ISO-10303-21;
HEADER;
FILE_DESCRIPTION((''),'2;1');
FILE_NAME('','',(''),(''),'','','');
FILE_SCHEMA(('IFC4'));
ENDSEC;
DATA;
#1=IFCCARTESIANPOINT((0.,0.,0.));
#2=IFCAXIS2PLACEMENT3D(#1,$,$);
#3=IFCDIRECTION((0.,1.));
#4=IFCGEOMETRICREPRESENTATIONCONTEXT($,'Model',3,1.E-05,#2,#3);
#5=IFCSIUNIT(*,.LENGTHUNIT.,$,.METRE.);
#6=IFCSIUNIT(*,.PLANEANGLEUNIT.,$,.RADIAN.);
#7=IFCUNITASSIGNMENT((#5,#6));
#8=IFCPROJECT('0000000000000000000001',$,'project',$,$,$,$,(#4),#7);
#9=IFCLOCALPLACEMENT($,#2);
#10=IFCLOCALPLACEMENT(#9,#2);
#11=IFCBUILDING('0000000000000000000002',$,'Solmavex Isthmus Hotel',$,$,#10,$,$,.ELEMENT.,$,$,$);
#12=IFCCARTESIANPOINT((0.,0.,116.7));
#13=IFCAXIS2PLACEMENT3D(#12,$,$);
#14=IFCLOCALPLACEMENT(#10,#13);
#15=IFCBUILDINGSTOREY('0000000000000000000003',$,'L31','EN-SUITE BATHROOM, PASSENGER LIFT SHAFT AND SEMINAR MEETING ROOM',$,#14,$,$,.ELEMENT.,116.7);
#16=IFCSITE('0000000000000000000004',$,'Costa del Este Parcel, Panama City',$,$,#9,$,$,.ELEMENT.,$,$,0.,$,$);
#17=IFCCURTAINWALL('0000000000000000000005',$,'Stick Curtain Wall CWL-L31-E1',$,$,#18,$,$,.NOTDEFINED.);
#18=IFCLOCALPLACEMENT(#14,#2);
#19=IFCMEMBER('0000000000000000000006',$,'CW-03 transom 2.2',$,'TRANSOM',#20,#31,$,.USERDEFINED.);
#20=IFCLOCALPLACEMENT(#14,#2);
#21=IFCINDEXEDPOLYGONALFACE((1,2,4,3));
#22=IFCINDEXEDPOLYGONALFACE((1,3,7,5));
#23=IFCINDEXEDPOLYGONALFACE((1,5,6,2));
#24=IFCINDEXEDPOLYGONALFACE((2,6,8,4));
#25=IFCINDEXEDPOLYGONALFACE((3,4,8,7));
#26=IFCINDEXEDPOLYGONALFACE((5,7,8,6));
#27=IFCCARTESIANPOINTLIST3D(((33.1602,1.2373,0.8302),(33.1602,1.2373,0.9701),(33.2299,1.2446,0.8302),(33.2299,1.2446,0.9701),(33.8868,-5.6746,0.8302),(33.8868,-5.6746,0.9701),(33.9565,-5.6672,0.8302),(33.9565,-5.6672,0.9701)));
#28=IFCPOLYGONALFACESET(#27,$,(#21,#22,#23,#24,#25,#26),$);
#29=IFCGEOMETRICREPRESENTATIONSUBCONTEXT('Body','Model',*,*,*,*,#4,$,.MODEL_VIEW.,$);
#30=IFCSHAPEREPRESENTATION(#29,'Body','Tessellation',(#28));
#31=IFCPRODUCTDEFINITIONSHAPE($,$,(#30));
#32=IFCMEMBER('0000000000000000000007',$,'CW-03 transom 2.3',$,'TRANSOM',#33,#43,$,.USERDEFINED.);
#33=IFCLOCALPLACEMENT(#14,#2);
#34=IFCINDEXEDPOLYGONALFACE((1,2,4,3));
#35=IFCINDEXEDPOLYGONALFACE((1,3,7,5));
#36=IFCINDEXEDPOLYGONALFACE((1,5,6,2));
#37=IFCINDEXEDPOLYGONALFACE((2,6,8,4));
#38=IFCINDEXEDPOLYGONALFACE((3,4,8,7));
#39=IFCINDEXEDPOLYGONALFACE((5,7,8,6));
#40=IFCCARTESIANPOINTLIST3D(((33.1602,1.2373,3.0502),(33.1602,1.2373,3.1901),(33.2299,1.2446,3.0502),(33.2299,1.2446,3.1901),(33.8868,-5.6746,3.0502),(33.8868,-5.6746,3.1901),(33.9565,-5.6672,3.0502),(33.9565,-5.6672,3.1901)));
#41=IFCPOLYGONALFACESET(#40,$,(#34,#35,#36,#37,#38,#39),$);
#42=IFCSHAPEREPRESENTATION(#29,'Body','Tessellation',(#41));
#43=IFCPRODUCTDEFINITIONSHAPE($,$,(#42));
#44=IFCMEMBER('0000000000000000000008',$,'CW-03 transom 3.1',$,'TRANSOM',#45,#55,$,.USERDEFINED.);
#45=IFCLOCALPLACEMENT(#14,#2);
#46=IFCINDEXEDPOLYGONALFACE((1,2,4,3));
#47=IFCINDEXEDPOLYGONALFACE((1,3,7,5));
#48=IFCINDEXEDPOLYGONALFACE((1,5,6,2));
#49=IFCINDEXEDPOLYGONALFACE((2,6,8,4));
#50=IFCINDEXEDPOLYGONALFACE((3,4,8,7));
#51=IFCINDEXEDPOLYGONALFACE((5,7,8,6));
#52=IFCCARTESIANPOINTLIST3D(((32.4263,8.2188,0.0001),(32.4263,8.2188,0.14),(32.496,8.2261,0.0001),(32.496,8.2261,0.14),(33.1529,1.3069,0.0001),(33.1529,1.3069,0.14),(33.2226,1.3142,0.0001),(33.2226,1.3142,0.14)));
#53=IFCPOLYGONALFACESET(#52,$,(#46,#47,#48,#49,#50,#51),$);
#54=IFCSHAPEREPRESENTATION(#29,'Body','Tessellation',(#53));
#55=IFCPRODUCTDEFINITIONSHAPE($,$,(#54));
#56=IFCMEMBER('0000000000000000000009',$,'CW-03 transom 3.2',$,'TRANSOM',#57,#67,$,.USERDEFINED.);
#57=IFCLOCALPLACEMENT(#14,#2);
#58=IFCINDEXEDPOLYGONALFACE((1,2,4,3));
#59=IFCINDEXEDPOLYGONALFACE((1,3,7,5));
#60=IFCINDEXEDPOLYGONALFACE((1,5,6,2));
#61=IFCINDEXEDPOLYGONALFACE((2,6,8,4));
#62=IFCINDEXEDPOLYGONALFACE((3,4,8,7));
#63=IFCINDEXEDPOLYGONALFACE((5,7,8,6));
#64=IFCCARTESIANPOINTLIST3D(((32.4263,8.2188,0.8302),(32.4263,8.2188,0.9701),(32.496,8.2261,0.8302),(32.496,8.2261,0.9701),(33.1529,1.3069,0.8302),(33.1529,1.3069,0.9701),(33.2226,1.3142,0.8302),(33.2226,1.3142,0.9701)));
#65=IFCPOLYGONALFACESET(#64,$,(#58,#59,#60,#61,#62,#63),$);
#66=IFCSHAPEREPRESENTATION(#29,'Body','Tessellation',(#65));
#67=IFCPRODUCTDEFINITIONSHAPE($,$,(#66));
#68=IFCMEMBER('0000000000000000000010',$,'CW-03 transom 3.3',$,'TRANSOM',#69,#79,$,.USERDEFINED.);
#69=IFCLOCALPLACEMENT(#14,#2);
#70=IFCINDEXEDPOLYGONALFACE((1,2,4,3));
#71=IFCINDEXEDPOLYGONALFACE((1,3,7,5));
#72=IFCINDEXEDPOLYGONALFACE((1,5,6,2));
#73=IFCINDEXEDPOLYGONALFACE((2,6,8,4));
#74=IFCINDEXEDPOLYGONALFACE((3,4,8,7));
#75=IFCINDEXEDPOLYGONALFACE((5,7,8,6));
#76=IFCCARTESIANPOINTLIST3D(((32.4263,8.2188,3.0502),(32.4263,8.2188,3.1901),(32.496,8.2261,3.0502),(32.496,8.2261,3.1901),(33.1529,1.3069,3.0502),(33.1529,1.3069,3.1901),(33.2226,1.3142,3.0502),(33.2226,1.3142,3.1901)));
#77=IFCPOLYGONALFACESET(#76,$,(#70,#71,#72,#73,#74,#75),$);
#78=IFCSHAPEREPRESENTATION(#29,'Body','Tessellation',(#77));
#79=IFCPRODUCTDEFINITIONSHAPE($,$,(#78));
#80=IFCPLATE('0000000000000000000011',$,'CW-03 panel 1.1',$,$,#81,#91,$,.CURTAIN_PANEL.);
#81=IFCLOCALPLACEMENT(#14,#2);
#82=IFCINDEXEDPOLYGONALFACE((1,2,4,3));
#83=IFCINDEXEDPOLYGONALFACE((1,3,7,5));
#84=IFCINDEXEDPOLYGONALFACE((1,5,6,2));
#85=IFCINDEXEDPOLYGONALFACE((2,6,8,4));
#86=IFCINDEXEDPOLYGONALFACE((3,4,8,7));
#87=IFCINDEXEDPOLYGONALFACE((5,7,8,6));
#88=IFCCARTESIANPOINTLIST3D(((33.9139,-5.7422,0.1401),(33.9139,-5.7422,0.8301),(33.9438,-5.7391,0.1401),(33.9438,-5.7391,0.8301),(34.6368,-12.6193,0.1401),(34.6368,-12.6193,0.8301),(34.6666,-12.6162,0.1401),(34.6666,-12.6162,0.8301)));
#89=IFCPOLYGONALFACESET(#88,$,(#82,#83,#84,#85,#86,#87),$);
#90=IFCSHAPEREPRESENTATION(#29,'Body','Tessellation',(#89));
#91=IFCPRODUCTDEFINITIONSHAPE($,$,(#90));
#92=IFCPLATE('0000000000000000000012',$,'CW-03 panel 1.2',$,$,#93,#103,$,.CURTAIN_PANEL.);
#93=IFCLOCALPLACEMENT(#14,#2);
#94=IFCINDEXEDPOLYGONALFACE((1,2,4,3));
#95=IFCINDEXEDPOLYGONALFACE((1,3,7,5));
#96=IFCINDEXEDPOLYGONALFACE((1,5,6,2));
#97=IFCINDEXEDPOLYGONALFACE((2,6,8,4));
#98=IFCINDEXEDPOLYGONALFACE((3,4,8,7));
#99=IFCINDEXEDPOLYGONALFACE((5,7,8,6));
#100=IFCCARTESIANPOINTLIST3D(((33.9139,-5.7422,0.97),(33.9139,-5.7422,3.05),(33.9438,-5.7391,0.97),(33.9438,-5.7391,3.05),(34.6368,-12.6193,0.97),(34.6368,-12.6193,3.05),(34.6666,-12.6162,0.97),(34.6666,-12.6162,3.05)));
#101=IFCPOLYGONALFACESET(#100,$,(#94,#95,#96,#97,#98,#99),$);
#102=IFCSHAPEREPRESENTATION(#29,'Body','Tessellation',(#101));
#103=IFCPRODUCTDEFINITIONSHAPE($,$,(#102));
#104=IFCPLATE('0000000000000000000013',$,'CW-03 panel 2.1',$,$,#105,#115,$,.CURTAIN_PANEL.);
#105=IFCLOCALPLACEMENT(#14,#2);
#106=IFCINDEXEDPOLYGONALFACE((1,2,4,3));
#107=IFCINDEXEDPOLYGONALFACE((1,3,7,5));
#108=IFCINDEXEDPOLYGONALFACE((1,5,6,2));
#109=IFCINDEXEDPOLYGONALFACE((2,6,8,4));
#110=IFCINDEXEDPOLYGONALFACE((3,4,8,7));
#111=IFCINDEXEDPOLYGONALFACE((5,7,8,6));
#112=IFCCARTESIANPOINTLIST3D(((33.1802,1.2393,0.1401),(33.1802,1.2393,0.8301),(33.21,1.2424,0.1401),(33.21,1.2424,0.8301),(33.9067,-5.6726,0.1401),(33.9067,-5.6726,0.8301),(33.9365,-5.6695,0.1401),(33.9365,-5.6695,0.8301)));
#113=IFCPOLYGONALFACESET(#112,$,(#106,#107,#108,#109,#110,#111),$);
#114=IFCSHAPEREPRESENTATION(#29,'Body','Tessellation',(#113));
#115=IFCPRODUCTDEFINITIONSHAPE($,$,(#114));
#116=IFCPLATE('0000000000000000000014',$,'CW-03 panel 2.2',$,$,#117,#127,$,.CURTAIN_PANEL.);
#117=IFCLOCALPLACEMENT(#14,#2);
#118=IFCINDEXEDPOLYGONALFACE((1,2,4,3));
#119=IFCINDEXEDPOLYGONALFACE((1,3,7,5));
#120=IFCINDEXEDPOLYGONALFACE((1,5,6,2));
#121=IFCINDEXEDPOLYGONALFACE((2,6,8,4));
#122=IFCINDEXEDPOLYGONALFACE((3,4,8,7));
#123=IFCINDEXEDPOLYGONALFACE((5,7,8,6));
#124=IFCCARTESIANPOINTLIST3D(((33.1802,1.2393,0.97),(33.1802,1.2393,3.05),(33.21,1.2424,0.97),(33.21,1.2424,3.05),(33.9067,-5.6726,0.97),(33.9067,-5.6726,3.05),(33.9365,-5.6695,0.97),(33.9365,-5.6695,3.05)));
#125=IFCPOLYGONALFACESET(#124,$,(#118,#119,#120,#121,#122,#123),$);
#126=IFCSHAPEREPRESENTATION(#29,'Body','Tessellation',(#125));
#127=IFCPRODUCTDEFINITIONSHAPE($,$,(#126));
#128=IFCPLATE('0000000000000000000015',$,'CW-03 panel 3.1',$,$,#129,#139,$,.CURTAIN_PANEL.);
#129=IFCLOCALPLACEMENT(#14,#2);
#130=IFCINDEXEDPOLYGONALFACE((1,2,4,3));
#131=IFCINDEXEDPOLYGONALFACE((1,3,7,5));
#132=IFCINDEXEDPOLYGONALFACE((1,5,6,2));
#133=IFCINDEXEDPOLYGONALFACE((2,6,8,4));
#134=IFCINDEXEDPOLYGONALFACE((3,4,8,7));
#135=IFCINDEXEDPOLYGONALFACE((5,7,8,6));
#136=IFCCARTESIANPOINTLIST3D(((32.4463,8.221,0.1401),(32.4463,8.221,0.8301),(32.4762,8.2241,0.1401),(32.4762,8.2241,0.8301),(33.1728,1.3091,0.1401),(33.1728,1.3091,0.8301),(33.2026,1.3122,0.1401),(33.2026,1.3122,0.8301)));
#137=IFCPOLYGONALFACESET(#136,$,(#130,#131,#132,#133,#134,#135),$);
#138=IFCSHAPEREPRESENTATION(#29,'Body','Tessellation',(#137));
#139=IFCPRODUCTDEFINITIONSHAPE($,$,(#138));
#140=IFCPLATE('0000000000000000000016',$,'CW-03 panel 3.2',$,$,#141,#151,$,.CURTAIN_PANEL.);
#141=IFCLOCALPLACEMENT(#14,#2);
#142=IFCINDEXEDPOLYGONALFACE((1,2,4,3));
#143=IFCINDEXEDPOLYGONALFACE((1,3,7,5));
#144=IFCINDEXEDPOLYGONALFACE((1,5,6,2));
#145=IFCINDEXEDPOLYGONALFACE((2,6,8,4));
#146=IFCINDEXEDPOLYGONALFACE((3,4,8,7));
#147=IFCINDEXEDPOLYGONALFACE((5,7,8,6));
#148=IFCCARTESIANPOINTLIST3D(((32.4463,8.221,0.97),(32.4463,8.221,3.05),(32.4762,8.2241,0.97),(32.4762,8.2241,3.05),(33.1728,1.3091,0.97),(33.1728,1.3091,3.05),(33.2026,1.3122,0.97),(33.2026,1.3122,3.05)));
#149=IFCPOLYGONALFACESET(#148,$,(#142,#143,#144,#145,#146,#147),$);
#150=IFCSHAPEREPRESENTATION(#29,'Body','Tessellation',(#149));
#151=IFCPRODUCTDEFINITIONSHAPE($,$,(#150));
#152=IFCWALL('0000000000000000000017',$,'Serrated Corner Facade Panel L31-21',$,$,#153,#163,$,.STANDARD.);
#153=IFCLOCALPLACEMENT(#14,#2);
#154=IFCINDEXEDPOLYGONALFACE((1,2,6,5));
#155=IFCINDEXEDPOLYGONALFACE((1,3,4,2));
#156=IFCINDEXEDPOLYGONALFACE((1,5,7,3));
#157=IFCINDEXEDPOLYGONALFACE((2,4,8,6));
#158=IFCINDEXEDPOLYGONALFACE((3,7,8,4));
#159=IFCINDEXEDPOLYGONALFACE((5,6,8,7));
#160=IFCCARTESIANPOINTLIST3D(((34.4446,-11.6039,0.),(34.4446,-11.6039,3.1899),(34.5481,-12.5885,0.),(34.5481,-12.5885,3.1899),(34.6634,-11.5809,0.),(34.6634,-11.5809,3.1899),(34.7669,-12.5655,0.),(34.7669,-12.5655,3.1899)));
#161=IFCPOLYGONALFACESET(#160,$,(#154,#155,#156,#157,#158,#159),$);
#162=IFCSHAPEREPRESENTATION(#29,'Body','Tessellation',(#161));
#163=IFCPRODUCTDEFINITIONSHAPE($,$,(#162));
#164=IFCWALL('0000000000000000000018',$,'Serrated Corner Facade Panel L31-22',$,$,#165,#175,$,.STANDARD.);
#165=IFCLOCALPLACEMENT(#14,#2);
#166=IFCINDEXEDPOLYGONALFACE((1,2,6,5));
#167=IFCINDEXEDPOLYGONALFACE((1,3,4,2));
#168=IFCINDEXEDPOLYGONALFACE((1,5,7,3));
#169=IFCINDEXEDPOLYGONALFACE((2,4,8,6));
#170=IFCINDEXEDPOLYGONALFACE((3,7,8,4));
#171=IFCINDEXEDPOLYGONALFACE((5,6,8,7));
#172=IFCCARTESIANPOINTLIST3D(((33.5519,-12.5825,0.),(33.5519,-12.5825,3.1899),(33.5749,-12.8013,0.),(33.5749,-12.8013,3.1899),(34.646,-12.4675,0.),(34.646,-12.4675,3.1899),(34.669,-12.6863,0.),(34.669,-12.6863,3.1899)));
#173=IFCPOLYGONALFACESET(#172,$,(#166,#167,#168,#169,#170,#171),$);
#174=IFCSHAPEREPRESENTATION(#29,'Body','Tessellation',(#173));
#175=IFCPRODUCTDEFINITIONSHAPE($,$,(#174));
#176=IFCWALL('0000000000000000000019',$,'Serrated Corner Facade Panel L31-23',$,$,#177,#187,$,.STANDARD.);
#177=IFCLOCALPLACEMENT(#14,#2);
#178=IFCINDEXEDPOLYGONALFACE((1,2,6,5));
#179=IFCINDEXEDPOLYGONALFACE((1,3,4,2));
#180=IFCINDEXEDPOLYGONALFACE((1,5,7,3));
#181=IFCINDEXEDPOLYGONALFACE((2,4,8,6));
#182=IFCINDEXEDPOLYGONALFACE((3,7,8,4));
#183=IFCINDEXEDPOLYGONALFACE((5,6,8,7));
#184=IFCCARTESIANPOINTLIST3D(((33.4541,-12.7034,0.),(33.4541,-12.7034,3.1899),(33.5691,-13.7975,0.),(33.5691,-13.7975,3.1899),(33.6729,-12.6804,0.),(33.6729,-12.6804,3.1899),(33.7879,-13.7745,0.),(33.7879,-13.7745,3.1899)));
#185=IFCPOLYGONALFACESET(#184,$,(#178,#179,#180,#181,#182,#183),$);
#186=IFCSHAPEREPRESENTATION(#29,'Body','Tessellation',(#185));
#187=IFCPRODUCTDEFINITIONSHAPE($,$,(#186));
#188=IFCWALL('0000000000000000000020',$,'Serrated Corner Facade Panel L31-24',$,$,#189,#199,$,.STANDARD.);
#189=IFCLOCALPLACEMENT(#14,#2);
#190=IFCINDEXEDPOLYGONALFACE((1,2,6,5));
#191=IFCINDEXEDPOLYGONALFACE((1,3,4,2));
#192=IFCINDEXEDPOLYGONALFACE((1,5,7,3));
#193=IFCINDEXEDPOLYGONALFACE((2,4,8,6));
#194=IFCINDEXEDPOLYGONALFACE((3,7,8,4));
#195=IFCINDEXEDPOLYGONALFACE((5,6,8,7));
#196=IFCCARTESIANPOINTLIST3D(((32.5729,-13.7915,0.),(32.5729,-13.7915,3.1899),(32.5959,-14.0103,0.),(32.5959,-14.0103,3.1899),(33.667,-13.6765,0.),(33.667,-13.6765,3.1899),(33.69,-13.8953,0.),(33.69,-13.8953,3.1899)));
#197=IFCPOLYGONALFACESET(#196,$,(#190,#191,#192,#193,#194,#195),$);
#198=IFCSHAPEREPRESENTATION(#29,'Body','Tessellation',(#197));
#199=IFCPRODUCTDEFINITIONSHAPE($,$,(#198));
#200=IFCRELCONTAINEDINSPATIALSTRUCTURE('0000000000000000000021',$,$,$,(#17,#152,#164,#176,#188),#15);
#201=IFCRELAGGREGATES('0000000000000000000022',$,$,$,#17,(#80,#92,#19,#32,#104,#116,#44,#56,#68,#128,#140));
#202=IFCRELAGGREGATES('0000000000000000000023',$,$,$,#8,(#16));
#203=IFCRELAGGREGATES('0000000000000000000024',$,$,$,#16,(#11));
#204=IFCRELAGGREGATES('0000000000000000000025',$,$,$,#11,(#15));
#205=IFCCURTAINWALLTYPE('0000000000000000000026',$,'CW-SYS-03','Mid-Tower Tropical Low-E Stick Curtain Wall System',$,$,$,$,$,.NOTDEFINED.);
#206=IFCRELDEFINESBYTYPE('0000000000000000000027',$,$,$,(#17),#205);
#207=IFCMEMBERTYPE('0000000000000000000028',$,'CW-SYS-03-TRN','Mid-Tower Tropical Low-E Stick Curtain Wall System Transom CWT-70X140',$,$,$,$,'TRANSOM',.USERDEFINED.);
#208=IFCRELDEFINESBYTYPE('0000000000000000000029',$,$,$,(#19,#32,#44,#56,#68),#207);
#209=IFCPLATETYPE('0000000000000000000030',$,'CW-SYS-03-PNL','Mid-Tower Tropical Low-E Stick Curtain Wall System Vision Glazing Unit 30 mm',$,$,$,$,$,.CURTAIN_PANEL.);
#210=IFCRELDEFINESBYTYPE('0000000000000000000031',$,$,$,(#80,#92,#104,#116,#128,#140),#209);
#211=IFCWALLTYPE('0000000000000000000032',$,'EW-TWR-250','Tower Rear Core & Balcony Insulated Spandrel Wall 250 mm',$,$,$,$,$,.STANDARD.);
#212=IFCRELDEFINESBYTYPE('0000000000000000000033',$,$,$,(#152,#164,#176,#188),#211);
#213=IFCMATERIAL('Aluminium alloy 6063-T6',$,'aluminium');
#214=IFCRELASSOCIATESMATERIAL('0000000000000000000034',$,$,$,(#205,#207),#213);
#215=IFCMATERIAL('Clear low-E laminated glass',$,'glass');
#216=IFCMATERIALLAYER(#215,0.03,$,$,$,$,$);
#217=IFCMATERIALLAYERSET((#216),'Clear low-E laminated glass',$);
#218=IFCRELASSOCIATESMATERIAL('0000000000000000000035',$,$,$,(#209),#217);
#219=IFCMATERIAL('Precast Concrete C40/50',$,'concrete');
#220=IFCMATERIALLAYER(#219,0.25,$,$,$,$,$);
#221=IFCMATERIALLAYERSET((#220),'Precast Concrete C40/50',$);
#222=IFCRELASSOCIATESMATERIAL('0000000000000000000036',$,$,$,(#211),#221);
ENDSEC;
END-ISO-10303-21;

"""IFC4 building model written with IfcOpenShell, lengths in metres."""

from ifc_helpers import new_model, si_unit, direction, frame, frame_2d, origin, origin_2d, place, context, subcontext, project, spatial, rectangle, extrude, material, layer, layer_set, material_profile, profile_set, type_object, element, aggregate, save


model = new_model("IFC4")

# Units and contexts
model_context = context("Model", 3, precision=1e-05, world=origin(), true_north=direction((0.0, 1.0)))
body_context = subcontext(model_context, "Body", "Model", "MODEL_VIEW")
ifc_project = project(units=[si_unit("LENGTHUNIT", "METRE"), si_unit("PLANEANGLEUNIT", "RADIAN")], contexts=[model_context])

# Site, building, storey
site_placement = place(None, origin())
site = spatial("IfcSite", under=ifc_project, at=site_placement, Name="Costa del Este Parcel, Panama City", CompositionType="ELEMENT", RefElevation=0.0)
building_placement = place(site_placement, origin())
building = spatial("IfcBuilding", under=site, at=building_placement, Name="Solmavex Isthmus Hotel", CompositionType="ELEMENT")
storey_placement = place(building_placement, frame((0.0, 0.0, 116.7)))
storey = spatial("IfcBuildingStorey", under=building, at=storey_placement, Name="L31", Description="EN-SUITE BATHROOM, PASSENGER LIFT SHAFT AND SEMINAR MEETING ROOM", CompositionType="ELEMENT", Elevation=116.7)

# Curtain wall, members, plates
ifc_material_1 = material(Name="Aluminium alloy 6063-T6", Category="aluminium")
curtain_wall_type = type_object("IfcCurtainWallType", Name="CW-SYS-03", Description="Mid-Tower Tropical Low-E Stick Curtain Wall System", PredefinedType="NOTDEFINED", material=ifc_material_1)
curtain_wall_placement = place(storey_placement, origin())
curtain_wall = element("IfcCurtainWall", 1, at=curtain_wall_placement, inside=storey, type_object=curtain_wall_type, Name="Stick Curtain Wall CWL-L31-E1", PredefinedType="NOTDEFINED")
ifc_material_profile_1 = material_profile(ifc_material_1, rectangle(XDim=0.0701, YDim=0.1399, at=origin_2d()), Name="CWT-70X140")
ifc_profile_set_1 = profile_set([ifc_material_profile_1], Name="Aluminium alloy 6063-T6")
member_type_1 = type_object("IfcMemberType", Name="CW-SYS-03-TRN", Description="Mid-Tower Tropical Low-E Stick Curtain Wall System Transom CWT-70X140", ElementType="TRANSOM", PredefinedType="USERDEFINED", material=ifc_profile_set_1)
member_1_placement = place(storey_placement, frame((33.9216, -5.6709, 0.9001), z_axis=(-0.104542, 0.99452, 0.0), x_axis=(-0.99452, -0.104542, 0.0)))
member_1 = element("IfcMember", 2, at=member_1_placement, type_object=member_type_1, Name="CW-03 transom 2.2", ObjectType="TRANSOM", PredefinedType="USERDEFINED", context=body_context, shape_type="SweptSolid", body=[
    extrude(rectangle(XDim=0.0701, YDim=0.1399, at=origin_2d()), origin(), (0.0, 0.0, 1.0), 6.95),
])
member_2_placement = place(storey_placement, frame((33.9216, -5.6709, 3.1201), z_axis=(-0.104542, 0.99452, 0.0), x_axis=(-0.99452, -0.104542, 0.0)))
member_2 = element("IfcMember", 3, at=member_2_placement, type_object=member_type_1, Name="CW-03 transom 2.3", ObjectType="TRANSOM", PredefinedType="USERDEFINED", context=body_context, shape_type="SweptSolid", body=[
    extrude(rectangle(XDim=0.0701, YDim=0.1399, at=origin_2d()), origin(), (0.0, 0.0, 1.0), 6.95),
])
member_3_placement = place(storey_placement, frame((33.1877, 1.3105, 0.0701), z_axis=(-0.104542, 0.99452, 0.0), x_axis=(-0.99452, -0.104542, 0.0)))
member_3 = element("IfcMember", 4, at=member_3_placement, type_object=member_type_1, Name="CW-03 transom 3.1", ObjectType="TRANSOM", PredefinedType="USERDEFINED", context=body_context, shape_type="SweptSolid", body=[
    extrude(rectangle(XDim=0.0701, YDim=0.1399, at=origin_2d()), origin(), (0.0, 0.0, 1.0), 6.95),
])
member_4_placement = place(storey_placement, frame((33.1877, 1.3105, 0.9001), z_axis=(-0.104542, 0.99452, 0.0), x_axis=(-0.99452, -0.104542, 0.0)))
member_4 = element("IfcMember", 5, at=member_4_placement, type_object=member_type_1, Name="CW-03 transom 3.2", ObjectType="TRANSOM", PredefinedType="USERDEFINED", context=body_context, shape_type="SweptSolid", body=[
    extrude(rectangle(XDim=0.0701, YDim=0.1399, at=origin_2d()), origin(), (0.0, 0.0, 1.0), 6.95),
])
member_5_placement = place(storey_placement, frame((33.1877, 1.3105, 3.1201), z_axis=(-0.104542, 0.99452, 0.0), x_axis=(-0.99452, -0.104542, 0.0)))
member_5 = element("IfcMember", 6, at=member_5_placement, type_object=member_type_1, Name="CW-03 transom 3.3", ObjectType="TRANSOM", PredefinedType="USERDEFINED", context=body_context, shape_type="SweptSolid", body=[
    extrude(rectangle(XDim=0.0701, YDim=0.1399, at=origin_2d()), origin(), (0.0, 0.0, 1.0), 6.95),
])
ifc_material_2 = material(Name="Clear low-E laminated glass", Category="glass")
ifc_layer_1 = layer(ifc_material_2, 0.03)
ifc_layer_set_1 = layer_set([ifc_layer_1], Name="Clear low-E laminated glass")
plate_type = type_object("IfcPlateType", Name="CW-SYS-03-PNL", Description="Mid-Tower Tropical Low-E Stick Curtain Wall System Vision Glazing Unit 30 mm", PredefinedType="CURTAIN_PANEL", material=ifc_layer_set_1)
plate_1_placement = place(storey_placement, frame((34.2903, -9.1792, 0.1401), z_axis=(0.0, 0.0, 1.0), x_axis=(-0.104528, 0.994522, 0.0)))
plate_1 = element("IfcPlate", 7, at=plate_1_placement, type_object=plate_type, Name="CW-03 panel 1.1", PredefinedType="CURTAIN_PANEL", context=body_context, shape_type="SweptSolid", body=[
    extrude(rectangle(XDim=6.915, YDim=0.03, at=origin_2d()), origin(), (0.0, 0.0, 1.0), 0.6899),
])
plate_2_placement = place(storey_placement, frame((34.2903, -9.1792, 0.97), z_axis=(0.0, 0.0, 1.0), x_axis=(-0.104528, 0.994522, 0.0)))
plate_2 = element("IfcPlate", 8, at=plate_2_placement, type_object=plate_type, Name="CW-03 panel 1.2", PredefinedType="CURTAIN_PANEL", context=body_context, shape_type="SweptSolid", body=[
    extrude(rectangle(XDim=6.915, YDim=0.03, at=origin_2d()), origin(), (0.0, 0.0, 1.0), 2.0801),
])
plate_3_placement = place(storey_placement, frame((33.5583, -2.2151, 0.1401), z_axis=(0.0, 0.0, 1.0), x_axis=(-0.104528, 0.994522, 0.0)))
plate_3 = element("IfcPlate", 9, at=plate_3_placement, type_object=plate_type, Name="CW-03 panel 2.1", PredefinedType="CURTAIN_PANEL", context=body_context, shape_type="SweptSolid", body=[
    extrude(rectangle(XDim=6.95, YDim=0.03, at=origin_2d()), origin(), (0.0, 0.0, 1.0), 0.6899),
])
plate_4_placement = place(storey_placement, frame((33.5583, -2.2151, 0.97), z_axis=(0.0, 0.0, 1.0), x_axis=(-0.104528, 0.994522, 0.0)))
plate_4 = element("IfcPlate", 10, at=plate_4_placement, type_object=plate_type, Name="CW-03 panel 2.2", PredefinedType="CURTAIN_PANEL", context=body_context, shape_type="SweptSolid", body=[
    extrude(rectangle(XDim=6.95, YDim=0.03, at=origin_2d()), origin(), (0.0, 0.0, 1.0), 2.0801),
])
plate_5_placement = place(storey_placement, frame((32.8245, 4.7666, 0.1401), z_axis=(0.0, 0.0, 1.0), x_axis=(-0.104528, 0.994522, 0.0)))
plate_5 = element("IfcPlate", 11, at=plate_5_placement, type_object=plate_type, Name="CW-03 panel 3.1", PredefinedType="CURTAIN_PANEL", context=body_context, shape_type="SweptSolid", body=[
    extrude(rectangle(XDim=6.95, YDim=0.03, at=origin_2d()), origin(), (0.0, 0.0, 1.0), 0.6899),
])
plate_6_placement = place(storey_placement, frame((32.8245, 4.7666, 0.97), z_axis=(0.0, 0.0, 1.0), x_axis=(-0.104528, 0.994522, 0.0)))
plate_6 = element("IfcPlate", 12, at=plate_6_placement, type_object=plate_type, Name="CW-03 panel 3.2", PredefinedType="CURTAIN_PANEL", context=body_context, shape_type="SweptSolid", body=[
    extrude(rectangle(XDim=6.95, YDim=0.03, at=origin_2d()), origin(), (0.0, 0.0, 1.0), 2.0801),
])
aggregate(curtain_wall, [plate_1, plate_2, member_1, member_2, plate_3, plate_4, member_3, member_4, member_5, plate_5, plate_6])

# Walls
ifc_material_3 = material(Name="Precast Concrete C40/50", Category="concrete")
ifc_layer_2 = layer(ifc_material_3, 0.25)
ifc_layer_set_2 = layer_set([ifc_layer_2], Name="Precast Concrete C40/50")
wall_type = type_object("IfcWallType", Name="EW-TWR-250", Description="Tower Rear Core & Balcony Insulated Spandrel Wall 250 mm", PredefinedType="STANDARD", material=ifc_layer_set_2)
wall_placement = place(storey_placement, frame((34.554, -11.5923, 0.0), z_axis=(0.0, 0.0, 1.0), x_axis=(0.104556, -0.994519, 0.0)))
element("IfcWall", 13, at=wall_placement, inside=storey, type_object=wall_type, Name="Serrated Corner Facade Panel L31-21", PredefinedType="STANDARD", context=body_context, shape_type="SweptSolid", body=[
    extrude(rectangle(XDim=0.99, YDim=0.22, at=frame_2d((0.4951, 0.0))), origin(), (0.0, 0.0, 1.0), 3.1899),
])
for number, where, z_axis, x_axis, name in (
    (14, (34.6575, -12.5769, 0.0), (0.0, 0.0, 1.0), (-0.994521, -0.104535, 0.0), "Serrated Corner Facade Panel L31-22"),
    (15, (33.5635, -12.6919, 0.0), (0.0, 0.0, 1.0), (0.104535, -0.994521, 0.0), "Serrated Corner Facade Panel L31-23"),
    (16, (33.6785, -13.7859, 0.0), (0.0, 0.0, 1.0), (-0.994521, -0.104535, 0.0), "Serrated Corner Facade Panel L31-24"),
):
    element("IfcWall", number, at=place(storey_placement, frame(where, z_axis=z_axis, x_axis=x_axis)), inside=storey, type_object=wall_type, Name=name, PredefinedType="STANDARD", context=body_context, shape_type="SweptSolid", body=[
        extrude(rectangle(XDim=1.1001, YDim=0.22, at=frame_2d((0.55, 0.0))), origin(), (0.0, 0.0, 1.0), 3.1899),
    ])

save(model, "model.ifc")
